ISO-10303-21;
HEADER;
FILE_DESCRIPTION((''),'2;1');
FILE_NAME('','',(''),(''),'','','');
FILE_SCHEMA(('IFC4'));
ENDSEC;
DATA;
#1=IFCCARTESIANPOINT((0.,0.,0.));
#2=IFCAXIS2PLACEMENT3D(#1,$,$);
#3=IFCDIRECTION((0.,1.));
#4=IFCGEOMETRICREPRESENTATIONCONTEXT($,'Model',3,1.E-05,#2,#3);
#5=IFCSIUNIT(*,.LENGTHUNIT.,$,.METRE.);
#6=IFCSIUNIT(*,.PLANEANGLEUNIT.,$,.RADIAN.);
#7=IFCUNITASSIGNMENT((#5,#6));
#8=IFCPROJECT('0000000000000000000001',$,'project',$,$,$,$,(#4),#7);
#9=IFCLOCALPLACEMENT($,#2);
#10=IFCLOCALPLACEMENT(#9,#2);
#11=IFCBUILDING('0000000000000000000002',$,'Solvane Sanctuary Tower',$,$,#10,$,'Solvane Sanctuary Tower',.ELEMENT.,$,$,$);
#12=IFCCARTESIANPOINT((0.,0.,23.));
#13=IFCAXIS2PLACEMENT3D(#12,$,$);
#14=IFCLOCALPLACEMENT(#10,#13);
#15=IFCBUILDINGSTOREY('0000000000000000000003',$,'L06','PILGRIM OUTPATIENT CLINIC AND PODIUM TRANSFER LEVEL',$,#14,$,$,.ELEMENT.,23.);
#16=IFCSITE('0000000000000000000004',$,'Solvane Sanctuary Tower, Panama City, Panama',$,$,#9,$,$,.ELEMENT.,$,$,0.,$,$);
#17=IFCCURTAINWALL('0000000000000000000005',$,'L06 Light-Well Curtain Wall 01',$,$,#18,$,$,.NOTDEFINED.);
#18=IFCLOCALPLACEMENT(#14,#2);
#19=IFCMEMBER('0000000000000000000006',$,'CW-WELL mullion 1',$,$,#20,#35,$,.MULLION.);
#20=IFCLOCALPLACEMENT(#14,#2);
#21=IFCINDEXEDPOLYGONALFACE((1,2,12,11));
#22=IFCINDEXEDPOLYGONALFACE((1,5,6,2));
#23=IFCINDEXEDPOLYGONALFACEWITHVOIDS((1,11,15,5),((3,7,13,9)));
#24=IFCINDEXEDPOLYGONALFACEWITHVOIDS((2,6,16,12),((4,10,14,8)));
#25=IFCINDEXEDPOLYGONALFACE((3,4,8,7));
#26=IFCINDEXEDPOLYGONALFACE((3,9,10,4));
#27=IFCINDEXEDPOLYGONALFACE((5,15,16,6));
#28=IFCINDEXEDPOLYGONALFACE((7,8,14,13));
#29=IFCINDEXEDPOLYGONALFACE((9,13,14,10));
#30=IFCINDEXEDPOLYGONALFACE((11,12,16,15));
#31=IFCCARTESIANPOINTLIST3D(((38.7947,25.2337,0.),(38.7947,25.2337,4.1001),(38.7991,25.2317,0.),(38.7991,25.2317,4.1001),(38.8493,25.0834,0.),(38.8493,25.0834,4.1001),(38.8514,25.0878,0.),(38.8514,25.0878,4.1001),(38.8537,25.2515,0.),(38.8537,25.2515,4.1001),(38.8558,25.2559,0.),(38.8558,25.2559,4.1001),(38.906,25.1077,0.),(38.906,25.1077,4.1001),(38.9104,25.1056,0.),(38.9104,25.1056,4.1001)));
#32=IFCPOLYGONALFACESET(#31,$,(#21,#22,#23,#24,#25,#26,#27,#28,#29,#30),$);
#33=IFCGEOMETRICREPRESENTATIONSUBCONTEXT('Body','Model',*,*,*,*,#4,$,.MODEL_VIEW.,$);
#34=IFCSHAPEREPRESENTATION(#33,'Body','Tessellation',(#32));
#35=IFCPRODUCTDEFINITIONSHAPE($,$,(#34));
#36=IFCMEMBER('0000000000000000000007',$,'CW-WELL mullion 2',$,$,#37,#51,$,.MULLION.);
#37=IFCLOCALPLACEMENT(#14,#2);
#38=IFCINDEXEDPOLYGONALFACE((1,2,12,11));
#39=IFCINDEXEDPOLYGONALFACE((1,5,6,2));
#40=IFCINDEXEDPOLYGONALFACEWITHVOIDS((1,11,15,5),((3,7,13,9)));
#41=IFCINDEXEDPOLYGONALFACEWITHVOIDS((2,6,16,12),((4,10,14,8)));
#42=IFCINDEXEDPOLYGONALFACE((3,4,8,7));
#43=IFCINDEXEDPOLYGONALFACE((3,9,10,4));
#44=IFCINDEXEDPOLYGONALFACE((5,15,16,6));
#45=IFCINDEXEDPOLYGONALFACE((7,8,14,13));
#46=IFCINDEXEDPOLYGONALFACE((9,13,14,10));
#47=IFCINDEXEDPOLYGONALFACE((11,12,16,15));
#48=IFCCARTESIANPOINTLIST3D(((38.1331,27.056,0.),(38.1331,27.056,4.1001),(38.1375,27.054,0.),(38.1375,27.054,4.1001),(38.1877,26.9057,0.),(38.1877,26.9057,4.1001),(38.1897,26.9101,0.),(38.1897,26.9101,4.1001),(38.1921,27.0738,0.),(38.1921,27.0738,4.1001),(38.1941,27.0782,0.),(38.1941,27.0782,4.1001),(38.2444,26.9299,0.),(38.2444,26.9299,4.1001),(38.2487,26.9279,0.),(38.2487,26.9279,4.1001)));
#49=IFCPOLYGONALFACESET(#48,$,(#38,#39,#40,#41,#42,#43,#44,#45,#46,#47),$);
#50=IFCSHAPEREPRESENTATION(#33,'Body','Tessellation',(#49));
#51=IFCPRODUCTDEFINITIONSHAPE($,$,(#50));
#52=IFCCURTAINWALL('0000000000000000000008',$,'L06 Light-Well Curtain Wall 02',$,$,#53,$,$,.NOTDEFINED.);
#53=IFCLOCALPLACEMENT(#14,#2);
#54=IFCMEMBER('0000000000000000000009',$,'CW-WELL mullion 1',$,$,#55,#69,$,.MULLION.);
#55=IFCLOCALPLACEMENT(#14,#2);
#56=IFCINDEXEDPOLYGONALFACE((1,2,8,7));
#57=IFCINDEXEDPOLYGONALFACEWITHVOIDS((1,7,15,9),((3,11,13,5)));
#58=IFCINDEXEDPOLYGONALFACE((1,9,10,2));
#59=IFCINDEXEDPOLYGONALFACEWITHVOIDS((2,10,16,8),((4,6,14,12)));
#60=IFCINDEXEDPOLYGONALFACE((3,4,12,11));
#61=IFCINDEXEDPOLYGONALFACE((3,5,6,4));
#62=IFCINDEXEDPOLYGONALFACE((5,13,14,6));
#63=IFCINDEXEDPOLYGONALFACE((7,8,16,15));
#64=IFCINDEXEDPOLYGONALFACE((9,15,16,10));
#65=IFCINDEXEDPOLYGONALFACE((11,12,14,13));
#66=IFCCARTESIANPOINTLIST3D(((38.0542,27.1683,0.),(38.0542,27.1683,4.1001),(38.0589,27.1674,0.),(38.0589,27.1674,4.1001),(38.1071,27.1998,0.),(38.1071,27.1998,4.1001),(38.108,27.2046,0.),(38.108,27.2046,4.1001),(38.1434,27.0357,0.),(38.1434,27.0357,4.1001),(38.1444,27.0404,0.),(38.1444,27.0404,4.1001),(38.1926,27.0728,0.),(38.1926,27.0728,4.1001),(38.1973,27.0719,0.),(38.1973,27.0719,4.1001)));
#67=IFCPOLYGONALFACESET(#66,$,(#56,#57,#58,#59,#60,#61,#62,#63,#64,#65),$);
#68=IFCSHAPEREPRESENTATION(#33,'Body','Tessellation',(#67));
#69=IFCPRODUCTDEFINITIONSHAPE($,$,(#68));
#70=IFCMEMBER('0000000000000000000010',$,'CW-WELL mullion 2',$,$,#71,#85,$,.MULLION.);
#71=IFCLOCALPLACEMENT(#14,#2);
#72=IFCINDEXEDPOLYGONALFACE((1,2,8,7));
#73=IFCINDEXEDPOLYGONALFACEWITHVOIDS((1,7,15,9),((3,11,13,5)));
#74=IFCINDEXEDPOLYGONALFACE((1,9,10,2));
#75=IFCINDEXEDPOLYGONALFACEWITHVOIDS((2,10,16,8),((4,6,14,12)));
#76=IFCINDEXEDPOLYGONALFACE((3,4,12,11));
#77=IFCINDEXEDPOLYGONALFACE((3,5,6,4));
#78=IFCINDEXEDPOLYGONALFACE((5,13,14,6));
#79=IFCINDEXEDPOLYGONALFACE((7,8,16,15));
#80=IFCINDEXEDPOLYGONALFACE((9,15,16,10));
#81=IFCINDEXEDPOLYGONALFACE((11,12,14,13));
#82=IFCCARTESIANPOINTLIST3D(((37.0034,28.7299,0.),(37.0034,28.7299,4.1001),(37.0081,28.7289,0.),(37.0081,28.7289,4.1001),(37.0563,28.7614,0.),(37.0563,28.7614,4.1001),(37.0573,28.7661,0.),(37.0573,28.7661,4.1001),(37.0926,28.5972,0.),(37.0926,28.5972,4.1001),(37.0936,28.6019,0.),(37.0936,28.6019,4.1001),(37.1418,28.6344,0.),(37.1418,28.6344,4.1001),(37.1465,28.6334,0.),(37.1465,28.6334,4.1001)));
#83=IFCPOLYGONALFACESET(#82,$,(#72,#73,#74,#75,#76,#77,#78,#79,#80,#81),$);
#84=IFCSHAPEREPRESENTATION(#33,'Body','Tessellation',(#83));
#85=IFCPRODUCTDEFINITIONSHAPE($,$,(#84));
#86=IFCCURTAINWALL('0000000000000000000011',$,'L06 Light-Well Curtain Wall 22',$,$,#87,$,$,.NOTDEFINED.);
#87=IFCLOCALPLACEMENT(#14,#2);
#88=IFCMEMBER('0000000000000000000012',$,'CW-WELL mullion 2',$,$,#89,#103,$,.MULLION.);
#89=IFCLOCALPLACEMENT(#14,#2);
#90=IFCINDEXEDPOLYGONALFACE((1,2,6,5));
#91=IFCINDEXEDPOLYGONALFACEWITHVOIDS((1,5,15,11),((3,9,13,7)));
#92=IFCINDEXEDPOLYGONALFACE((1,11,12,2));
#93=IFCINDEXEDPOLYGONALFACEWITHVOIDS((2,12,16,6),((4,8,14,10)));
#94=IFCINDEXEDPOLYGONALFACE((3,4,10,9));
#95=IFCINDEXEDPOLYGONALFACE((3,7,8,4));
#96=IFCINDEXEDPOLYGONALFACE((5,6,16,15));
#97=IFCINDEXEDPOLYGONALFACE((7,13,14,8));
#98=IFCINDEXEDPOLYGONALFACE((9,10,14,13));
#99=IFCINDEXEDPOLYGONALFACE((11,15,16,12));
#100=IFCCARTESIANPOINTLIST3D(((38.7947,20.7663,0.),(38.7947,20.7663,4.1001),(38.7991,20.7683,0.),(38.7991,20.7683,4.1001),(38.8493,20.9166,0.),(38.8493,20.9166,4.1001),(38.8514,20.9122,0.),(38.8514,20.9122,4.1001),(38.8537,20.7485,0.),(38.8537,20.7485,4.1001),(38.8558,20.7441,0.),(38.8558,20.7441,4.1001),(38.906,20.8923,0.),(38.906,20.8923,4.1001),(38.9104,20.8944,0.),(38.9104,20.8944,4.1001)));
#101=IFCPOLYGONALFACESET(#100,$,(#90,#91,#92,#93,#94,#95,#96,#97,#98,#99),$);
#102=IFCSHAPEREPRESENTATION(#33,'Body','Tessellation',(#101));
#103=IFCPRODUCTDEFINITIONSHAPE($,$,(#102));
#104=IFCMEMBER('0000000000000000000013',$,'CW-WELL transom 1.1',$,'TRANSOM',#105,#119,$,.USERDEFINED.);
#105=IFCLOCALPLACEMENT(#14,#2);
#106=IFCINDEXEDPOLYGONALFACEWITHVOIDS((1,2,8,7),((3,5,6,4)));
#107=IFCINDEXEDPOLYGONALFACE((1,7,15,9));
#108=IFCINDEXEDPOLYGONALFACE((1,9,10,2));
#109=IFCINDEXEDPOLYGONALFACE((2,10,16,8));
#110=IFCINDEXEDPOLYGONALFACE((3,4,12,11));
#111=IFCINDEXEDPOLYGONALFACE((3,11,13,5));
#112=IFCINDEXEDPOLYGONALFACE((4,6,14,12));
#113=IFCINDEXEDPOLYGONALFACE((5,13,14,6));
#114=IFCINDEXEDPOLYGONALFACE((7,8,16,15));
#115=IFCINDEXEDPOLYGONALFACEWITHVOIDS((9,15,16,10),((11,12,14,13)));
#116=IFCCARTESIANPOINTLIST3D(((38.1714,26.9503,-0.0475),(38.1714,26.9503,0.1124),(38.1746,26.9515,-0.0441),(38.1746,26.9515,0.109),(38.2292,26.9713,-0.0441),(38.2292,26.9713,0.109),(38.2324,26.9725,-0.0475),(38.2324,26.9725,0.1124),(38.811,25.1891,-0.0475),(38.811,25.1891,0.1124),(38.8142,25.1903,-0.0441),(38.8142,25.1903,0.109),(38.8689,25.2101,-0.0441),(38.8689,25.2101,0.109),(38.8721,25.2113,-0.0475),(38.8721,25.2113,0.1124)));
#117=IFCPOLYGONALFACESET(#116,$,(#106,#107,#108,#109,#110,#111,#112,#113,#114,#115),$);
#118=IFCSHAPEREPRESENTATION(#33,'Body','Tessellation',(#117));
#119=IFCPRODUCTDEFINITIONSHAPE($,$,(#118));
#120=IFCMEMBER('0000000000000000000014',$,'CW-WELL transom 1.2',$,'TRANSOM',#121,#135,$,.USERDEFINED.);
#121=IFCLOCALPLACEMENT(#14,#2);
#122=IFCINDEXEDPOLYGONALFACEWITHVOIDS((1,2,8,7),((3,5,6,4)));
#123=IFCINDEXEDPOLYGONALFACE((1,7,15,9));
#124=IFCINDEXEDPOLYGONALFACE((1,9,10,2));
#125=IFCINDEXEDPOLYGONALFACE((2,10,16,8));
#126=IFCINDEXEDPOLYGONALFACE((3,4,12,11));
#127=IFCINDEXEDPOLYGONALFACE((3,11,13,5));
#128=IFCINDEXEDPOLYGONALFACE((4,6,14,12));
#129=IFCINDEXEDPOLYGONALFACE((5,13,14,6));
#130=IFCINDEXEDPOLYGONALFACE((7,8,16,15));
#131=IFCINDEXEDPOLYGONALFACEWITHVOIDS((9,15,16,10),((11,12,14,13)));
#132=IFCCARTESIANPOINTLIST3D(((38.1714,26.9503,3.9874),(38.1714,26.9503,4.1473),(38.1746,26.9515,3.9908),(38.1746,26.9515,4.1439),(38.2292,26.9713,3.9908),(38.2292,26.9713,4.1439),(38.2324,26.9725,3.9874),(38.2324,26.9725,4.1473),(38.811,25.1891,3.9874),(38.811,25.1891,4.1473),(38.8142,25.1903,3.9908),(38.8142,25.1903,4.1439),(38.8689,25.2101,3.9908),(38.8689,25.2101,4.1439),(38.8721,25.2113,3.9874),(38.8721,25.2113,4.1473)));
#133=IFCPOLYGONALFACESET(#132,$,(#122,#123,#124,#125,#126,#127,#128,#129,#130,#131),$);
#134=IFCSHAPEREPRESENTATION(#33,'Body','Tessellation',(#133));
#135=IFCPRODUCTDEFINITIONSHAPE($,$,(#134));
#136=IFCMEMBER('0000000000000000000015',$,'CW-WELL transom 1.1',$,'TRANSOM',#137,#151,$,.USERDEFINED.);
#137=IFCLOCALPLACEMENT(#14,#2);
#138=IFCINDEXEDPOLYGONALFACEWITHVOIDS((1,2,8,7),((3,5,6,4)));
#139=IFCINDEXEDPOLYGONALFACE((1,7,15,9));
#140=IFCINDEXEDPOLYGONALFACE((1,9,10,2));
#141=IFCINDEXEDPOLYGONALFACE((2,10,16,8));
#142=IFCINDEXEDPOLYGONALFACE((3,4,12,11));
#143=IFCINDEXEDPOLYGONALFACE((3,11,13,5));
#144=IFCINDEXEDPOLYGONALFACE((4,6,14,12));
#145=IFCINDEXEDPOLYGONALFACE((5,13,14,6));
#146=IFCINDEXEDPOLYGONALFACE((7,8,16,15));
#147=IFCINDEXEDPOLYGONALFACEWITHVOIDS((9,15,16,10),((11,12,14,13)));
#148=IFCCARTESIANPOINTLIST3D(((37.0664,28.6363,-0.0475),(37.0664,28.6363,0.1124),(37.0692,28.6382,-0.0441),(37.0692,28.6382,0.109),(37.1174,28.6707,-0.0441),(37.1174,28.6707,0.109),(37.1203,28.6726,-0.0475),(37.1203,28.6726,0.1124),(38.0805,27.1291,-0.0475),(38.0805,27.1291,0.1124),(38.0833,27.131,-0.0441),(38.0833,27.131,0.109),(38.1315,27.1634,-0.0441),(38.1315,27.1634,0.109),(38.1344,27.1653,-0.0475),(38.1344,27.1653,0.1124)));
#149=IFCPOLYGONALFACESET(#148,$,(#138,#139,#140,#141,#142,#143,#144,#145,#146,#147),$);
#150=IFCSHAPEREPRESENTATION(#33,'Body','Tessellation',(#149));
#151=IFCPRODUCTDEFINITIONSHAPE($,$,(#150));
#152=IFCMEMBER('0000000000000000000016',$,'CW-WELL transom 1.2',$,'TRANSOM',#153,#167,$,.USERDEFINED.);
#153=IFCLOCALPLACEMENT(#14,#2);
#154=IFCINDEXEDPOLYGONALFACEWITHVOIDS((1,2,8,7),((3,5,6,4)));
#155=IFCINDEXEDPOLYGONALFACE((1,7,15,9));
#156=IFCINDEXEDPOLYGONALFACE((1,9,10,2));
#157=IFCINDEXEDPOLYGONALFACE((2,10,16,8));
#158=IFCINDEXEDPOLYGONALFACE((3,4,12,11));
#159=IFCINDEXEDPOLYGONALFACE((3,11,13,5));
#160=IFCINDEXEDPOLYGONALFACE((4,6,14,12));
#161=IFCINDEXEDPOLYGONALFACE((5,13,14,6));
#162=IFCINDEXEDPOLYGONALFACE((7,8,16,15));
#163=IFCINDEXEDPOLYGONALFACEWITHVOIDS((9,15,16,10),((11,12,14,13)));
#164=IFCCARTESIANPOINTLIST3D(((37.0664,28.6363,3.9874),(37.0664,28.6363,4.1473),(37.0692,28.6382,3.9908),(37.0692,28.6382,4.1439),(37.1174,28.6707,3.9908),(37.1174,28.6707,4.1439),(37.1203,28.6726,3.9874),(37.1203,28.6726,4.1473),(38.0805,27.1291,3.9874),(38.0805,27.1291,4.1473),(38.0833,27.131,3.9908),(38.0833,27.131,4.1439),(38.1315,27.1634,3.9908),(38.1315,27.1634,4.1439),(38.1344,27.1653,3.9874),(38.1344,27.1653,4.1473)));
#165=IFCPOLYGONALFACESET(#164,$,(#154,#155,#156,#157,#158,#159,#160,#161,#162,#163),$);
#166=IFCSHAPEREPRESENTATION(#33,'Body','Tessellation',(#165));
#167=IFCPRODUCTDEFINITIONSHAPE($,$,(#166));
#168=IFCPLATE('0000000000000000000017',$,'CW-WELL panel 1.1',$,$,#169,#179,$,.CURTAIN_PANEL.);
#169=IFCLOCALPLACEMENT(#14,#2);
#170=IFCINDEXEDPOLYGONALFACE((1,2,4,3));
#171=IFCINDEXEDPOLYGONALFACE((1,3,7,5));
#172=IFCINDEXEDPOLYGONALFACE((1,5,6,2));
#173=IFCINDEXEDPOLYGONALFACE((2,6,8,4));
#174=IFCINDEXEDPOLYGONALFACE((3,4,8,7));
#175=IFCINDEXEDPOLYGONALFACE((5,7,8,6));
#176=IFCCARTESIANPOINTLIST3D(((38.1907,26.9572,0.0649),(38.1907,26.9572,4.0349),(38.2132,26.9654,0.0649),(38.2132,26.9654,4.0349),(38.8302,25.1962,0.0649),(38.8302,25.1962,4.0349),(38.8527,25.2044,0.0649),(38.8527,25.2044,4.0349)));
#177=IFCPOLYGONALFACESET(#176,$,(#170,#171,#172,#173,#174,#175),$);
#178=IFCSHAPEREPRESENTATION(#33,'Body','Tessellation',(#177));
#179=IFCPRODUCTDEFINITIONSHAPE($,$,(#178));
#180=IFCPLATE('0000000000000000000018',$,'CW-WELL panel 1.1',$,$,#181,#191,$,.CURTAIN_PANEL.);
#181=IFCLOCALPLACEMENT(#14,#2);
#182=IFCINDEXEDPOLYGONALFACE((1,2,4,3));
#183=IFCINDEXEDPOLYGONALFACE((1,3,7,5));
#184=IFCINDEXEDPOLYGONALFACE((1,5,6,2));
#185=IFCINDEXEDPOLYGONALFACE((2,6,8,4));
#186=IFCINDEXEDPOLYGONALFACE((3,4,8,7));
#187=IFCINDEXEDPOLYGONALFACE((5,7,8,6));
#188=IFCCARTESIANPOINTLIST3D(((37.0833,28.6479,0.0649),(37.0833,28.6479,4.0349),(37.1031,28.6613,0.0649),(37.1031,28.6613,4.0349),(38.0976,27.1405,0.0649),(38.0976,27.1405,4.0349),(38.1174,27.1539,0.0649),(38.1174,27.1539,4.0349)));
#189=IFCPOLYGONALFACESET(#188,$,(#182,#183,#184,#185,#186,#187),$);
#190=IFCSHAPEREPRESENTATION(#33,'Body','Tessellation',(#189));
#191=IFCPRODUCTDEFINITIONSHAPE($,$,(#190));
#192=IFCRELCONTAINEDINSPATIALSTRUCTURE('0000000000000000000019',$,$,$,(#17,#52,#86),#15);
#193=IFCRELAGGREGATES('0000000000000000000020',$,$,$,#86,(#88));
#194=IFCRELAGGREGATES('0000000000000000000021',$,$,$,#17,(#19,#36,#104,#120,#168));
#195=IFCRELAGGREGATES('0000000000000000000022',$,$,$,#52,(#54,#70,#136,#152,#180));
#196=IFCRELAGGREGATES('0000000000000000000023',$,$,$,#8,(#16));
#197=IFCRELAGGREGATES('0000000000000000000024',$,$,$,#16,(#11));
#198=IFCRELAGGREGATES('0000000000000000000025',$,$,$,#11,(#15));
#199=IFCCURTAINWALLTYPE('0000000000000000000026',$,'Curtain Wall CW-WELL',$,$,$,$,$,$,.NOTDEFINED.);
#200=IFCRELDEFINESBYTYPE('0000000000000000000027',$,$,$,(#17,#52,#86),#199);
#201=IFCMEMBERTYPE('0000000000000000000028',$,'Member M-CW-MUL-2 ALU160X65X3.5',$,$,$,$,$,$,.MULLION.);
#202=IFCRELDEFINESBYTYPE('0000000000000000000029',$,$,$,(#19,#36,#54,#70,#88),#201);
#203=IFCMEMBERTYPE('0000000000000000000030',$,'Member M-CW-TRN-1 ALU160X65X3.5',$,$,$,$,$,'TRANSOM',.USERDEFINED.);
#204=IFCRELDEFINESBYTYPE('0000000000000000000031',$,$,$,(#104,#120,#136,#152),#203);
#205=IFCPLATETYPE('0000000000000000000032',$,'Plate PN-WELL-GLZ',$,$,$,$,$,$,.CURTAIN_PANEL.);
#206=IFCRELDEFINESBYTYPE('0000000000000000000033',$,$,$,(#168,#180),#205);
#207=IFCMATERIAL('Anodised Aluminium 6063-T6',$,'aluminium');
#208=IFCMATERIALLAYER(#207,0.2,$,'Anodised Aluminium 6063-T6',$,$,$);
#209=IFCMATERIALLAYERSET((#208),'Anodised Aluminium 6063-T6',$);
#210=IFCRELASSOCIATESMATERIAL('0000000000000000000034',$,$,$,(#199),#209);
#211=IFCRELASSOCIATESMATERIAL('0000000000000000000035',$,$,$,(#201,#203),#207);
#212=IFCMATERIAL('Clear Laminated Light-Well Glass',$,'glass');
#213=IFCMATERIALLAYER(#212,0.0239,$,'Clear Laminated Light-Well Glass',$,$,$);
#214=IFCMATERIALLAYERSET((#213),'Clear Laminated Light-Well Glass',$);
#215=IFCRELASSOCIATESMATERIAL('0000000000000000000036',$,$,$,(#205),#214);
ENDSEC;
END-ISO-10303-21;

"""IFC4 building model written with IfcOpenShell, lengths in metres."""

from ifc_helpers import new_model, si_unit, direction, frame, origin, origin_2d, place, context, subcontext, project, spatial, rectangle, hollow_rectangle, extrude, material, layer, layer_set, material_profile, profile_set, type_object, element, aggregate, save


model = new_model("IFC4")

# Units and contexts
model_context = context("Model", 3, precision=1e-05, world=origin(), true_north=direction((0.0, 1.0)))
body_context = subcontext(model_context, "Body", "Model", "MODEL_VIEW")
ifc_project = project(units=[si_unit("LENGTHUNIT", "METRE"), si_unit("PLANEANGLEUNIT", "RADIAN")], contexts=[model_context])

# Site, building, storey
site_placement = place(None, origin())
site = spatial("IfcSite", under=ifc_project, at=site_placement, Name="Solvane Sanctuary Tower, Panama City, Panama", CompositionType="ELEMENT", RefElevation=0.0)
building_placement = place(site_placement, origin())
building = spatial("IfcBuilding", under=site, at=building_placement, Name="Solvane Sanctuary Tower", LongName="Solvane Sanctuary Tower", CompositionType="ELEMENT")
storey_placement = place(building_placement, frame((0.0, 0.0, 23.0)))
storey = spatial("IfcBuildingStorey", under=building, at=storey_placement, Name="L06", Description="PILGRIM OUTPATIENT CLINIC AND PODIUM TRANSFER LEVEL", CompositionType="ELEMENT", Elevation=23.0)

# Curtain walls, members
ifc_material_1 = material(Name="Anodised Aluminium 6063-T6", Category="aluminium")
ifc_layer_1 = layer(ifc_material_1, 0.2, Name="Anodised Aluminium 6063-T6")
ifc_layer_set_1 = layer_set([ifc_layer_1], Name="Anodised Aluminium 6063-T6")
curtain_wall_type = type_object("IfcCurtainWallType", Name="Curtain Wall CW-WELL", PredefinedType="NOTDEFINED", material=ifc_layer_set_1)
curtain_wall_1_placement = place(storey_placement, origin())
curtain_wall_1 = element("IfcCurtainWall", 1, at=curtain_wall_1_placement, inside=storey, type_object=curtain_wall_type, Name="L06 Light-Well Curtain Wall 01", PredefinedType="NOTDEFINED")
ifc_material_profile_1 = material_profile(ifc_material_1, hollow_rectangle(XDim=0.0649, YDim=0.1599, WallThickness=0.0034, at=origin_2d()), Name="ALU160X65X3.5")
ifc_profile_set_1 = profile_set([ifc_material_profile_1], Name="Anodised Aluminium 6063-T6")
member_type_1 = type_object("IfcMemberType", Name="Member M-CW-MUL-2 ALU160X65X3.5", PredefinedType="MULLION", material=ifc_profile_set_1)
member_1_placement = place(storey_placement, frame((38.8525, 25.1697, 0.0), z_axis=(0.0, 0.0, 1.0), x_axis=(-0.939938, -0.341346, 0.0)))
member_1 = element("IfcMember", 2, at=member_1_placement, type_object=member_type_1, Name="CW-WELL mullion 1", PredefinedType="MULLION", context=body_context, shape_type="SweptSolid", body=[
    extrude(hollow_rectangle(XDim=0.0649, YDim=0.1599, WallThickness=0.0034, at=origin_2d()), origin(), (0.0, 0.0, 1.0), 4.1001),
])
member_2_placement = place(storey_placement, frame((38.1909, 26.9919, 0.0), z_axis=(0.0, 0.0, 1.0), x_axis=(-0.939938, -0.341346, 0.0)))
member_2 = element("IfcMember", 3, at=member_2_placement, type_object=member_type_1, Name="CW-WELL mullion 2", PredefinedType="MULLION", context=body_context, shape_type="SweptSolid", body=[
    extrude(hollow_rectangle(XDim=0.0649, YDim=0.1599, WallThickness=0.0034, at=origin_2d()), origin(), (0.0, 0.0, 1.0), 4.1001),
])
curtain_wall_2_placement = place(storey_placement, origin())
curtain_wall_2 = element("IfcCurtainWall", 4, at=curtain_wall_2_placement, inside=storey, type_object=curtain_wall_type, Name="L06 Light-Well Curtain Wall 02", PredefinedType="NOTDEFINED")
member_3_placement = place(storey_placement, frame((38.1257, 27.1201, 0.0), z_axis=(0.0, 0.0, 1.0), x_axis=(-0.829664, -0.558263, 0.0)))
member_3 = element("IfcMember", 5, at=member_3_placement, type_object=member_type_1, Name="CW-WELL mullion 1", PredefinedType="MULLION", context=body_context, shape_type="SweptSolid", body=[
    extrude(hollow_rectangle(XDim=0.0649, YDim=0.1599, WallThickness=0.0034, at=origin_2d()), origin(), (0.0, 0.0, 1.0), 4.1001),
])
member_4_placement = place(storey_placement, frame((37.075, 28.6816, 0.0), z_axis=(0.0, 0.0, 1.0), x_axis=(-0.829664, -0.558263, 0.0)))
member_4 = element("IfcMember", 6, at=member_4_placement, type_object=member_type_1, Name="CW-WELL mullion 2", PredefinedType="MULLION", context=body_context, shape_type="SweptSolid", body=[
    extrude(hollow_rectangle(XDim=0.0649, YDim=0.1599, WallThickness=0.0034, at=origin_2d()), origin(), (0.0, 0.0, 1.0), 4.1001),
])

# Curtain wall, member
curtain_wall_3_placement = place(storey_placement, origin())
curtain_wall_3 = element("IfcCurtainWall", 7, at=curtain_wall_3_placement, inside=storey, type_object=curtain_wall_type, Name="L06 Light-Well Curtain Wall 22", PredefinedType="NOTDEFINED")
member_5_placement = place(storey_placement, frame((38.8525, 20.8303, 0.0), z_axis=(0.0, 0.0, 1.0), x_axis=(-0.939938, 0.341346, 0.0)))
member_5 = element("IfcMember", 8, at=member_5_placement, type_object=member_type_1, Name="CW-WELL mullion 2", PredefinedType="MULLION", context=body_context, shape_type="SweptSolid", body=[
    extrude(hollow_rectangle(XDim=0.0649, YDim=0.1599, WallThickness=0.0034, at=origin_2d()), origin(), (0.0, 0.0, 1.0), 4.1001),
])
aggregate(curtain_wall_3, [member_5])

# Members
ifc_material_profile_2 = material_profile(ifc_material_1, hollow_rectangle(XDim=0.0649, YDim=0.1599, WallThickness=0.0034, at=origin_2d()), Name="ALU160X65X3.5")
ifc_profile_set_2 = profile_set([ifc_material_profile_2], Name="Anodised Aluminium 6063-T6")
member_type_2 = type_object("IfcMemberType", Name="Member M-CW-TRN-1 ALU160X65X3.5", ElementType="TRANSOM", PredefinedType="USERDEFINED", material=ifc_profile_set_2)
member_6_placement = place(storey_placement, frame((38.8416, 25.2002, 0.0325), z_axis=(-0.341366, 0.93993, 0.0), x_axis=(-0.93993, -0.341366, 0.0)))
member_6 = element("IfcMember", 9, at=member_6_placement, type_object=member_type_2, Name="CW-WELL transom 1.1", ObjectType="TRANSOM", PredefinedType="USERDEFINED", context=body_context, shape_type="SweptSolid", body=[
    extrude(hollow_rectangle(XDim=0.0649, YDim=0.1599, WallThickness=0.0034, at=origin_2d()), origin(), (0.0, 0.0, 1.0), 1.8738),
])
member_7_placement = place(storey_placement, frame((38.8416, 25.2002, 4.0674), z_axis=(-0.341366, 0.93993, 0.0), x_axis=(-0.93993, -0.341366, 0.0)))
member_7 = element("IfcMember", 10, at=member_7_placement, type_object=member_type_2, Name="CW-WELL transom 1.2", ObjectType="TRANSOM", PredefinedType="USERDEFINED", context=body_context, shape_type="SweptSolid", body=[
    extrude(hollow_rectangle(XDim=0.0649, YDim=0.1599, WallThickness=0.0034, at=origin_2d()), origin(), (0.0, 0.0, 1.0), 1.8738),
])
member_8_placement = place(storey_placement, frame((38.1074, 27.1472, 0.0325), z_axis=(-0.558231, 0.829686, 0.0), x_axis=(-0.829686, -0.558231, 0.0)))
member_8 = element("IfcMember", 11, at=member_8_placement, type_object=member_type_2, Name="CW-WELL transom 1.1", ObjectType="TRANSOM", PredefinedType="USERDEFINED", context=body_context, shape_type="SweptSolid", body=[
    extrude(hollow_rectangle(XDim=0.0649, YDim=0.1599, WallThickness=0.0034, at=origin_2d()), origin(), (0.0, 0.0, 1.0), 1.8167),
])
member_9_placement = place(storey_placement, frame((38.1074, 27.1472, 4.0674), z_axis=(-0.558231, 0.829686, 0.0), x_axis=(-0.829686, -0.558231, 0.0)))
member_9 = element("IfcMember", 12, at=member_9_placement, type_object=member_type_2, Name="CW-WELL transom 1.2", ObjectType="TRANSOM", PredefinedType="USERDEFINED", context=body_context, shape_type="SweptSolid", body=[
    extrude(hollow_rectangle(XDim=0.0649, YDim=0.1599, WallThickness=0.0034, at=origin_2d()), origin(), (0.0, 0.0, 1.0), 1.8167),
])

# Plates
ifc_material_2 = material(Name="Clear Laminated Light-Well Glass", Category="glass")
ifc_layer_2 = layer(ifc_material_2, 0.0239, Name="Clear Laminated Light-Well Glass")
ifc_layer_set_2 = layer_set([ifc_layer_2], Name="Clear Laminated Light-Well Glass")
plate_type = type_object("IfcPlateType", Name="Plate PN-WELL-GLZ", PredefinedType="CURTAIN_PANEL", material=ifc_layer_set_2)
plate_1_placement = place(storey_placement, frame((38.5217, 26.0808, 0.0649), z_axis=(0.0, 0.0, 1.0), x_axis=(-0.341346, 0.939938, 0.0)))
plate_1 = element("IfcPlate", 13, at=plate_1_placement, type_object=plate_type, Name="CW-WELL panel 1.1", PredefinedType="CURTAIN_PANEL", context=body_context, shape_type="SweptSolid", body=[
    extrude(rectangle(XDim=1.8735, YDim=0.0239, at=origin_2d()), origin(), (0.0, 0.0, 1.0), 3.97),
])
aggregate(curtain_wall_1, [member_1, member_2, member_6, member_7, plate_1])
plate_2_placement = place(storey_placement, frame((37.6003, 27.9009, 0.0649), z_axis=(0.0, 0.0, 1.0), x_axis=(-0.558263, 0.829664, 0.0)))
plate_2 = element("IfcPlate", 14, at=plate_2_placement, type_object=plate_type, Name="CW-WELL panel 1.1", PredefinedType="CURTAIN_PANEL", context=body_context, shape_type="SweptSolid", body=[
    extrude(rectangle(XDim=1.8169, YDim=0.0239, at=origin_2d()), origin(), (0.0, 0.0, 1.0), 3.97),
])
aggregate(curtain_wall_2, [member_3, member_4, member_8, member_9, plate_2])

save(model, "model.ifc")
